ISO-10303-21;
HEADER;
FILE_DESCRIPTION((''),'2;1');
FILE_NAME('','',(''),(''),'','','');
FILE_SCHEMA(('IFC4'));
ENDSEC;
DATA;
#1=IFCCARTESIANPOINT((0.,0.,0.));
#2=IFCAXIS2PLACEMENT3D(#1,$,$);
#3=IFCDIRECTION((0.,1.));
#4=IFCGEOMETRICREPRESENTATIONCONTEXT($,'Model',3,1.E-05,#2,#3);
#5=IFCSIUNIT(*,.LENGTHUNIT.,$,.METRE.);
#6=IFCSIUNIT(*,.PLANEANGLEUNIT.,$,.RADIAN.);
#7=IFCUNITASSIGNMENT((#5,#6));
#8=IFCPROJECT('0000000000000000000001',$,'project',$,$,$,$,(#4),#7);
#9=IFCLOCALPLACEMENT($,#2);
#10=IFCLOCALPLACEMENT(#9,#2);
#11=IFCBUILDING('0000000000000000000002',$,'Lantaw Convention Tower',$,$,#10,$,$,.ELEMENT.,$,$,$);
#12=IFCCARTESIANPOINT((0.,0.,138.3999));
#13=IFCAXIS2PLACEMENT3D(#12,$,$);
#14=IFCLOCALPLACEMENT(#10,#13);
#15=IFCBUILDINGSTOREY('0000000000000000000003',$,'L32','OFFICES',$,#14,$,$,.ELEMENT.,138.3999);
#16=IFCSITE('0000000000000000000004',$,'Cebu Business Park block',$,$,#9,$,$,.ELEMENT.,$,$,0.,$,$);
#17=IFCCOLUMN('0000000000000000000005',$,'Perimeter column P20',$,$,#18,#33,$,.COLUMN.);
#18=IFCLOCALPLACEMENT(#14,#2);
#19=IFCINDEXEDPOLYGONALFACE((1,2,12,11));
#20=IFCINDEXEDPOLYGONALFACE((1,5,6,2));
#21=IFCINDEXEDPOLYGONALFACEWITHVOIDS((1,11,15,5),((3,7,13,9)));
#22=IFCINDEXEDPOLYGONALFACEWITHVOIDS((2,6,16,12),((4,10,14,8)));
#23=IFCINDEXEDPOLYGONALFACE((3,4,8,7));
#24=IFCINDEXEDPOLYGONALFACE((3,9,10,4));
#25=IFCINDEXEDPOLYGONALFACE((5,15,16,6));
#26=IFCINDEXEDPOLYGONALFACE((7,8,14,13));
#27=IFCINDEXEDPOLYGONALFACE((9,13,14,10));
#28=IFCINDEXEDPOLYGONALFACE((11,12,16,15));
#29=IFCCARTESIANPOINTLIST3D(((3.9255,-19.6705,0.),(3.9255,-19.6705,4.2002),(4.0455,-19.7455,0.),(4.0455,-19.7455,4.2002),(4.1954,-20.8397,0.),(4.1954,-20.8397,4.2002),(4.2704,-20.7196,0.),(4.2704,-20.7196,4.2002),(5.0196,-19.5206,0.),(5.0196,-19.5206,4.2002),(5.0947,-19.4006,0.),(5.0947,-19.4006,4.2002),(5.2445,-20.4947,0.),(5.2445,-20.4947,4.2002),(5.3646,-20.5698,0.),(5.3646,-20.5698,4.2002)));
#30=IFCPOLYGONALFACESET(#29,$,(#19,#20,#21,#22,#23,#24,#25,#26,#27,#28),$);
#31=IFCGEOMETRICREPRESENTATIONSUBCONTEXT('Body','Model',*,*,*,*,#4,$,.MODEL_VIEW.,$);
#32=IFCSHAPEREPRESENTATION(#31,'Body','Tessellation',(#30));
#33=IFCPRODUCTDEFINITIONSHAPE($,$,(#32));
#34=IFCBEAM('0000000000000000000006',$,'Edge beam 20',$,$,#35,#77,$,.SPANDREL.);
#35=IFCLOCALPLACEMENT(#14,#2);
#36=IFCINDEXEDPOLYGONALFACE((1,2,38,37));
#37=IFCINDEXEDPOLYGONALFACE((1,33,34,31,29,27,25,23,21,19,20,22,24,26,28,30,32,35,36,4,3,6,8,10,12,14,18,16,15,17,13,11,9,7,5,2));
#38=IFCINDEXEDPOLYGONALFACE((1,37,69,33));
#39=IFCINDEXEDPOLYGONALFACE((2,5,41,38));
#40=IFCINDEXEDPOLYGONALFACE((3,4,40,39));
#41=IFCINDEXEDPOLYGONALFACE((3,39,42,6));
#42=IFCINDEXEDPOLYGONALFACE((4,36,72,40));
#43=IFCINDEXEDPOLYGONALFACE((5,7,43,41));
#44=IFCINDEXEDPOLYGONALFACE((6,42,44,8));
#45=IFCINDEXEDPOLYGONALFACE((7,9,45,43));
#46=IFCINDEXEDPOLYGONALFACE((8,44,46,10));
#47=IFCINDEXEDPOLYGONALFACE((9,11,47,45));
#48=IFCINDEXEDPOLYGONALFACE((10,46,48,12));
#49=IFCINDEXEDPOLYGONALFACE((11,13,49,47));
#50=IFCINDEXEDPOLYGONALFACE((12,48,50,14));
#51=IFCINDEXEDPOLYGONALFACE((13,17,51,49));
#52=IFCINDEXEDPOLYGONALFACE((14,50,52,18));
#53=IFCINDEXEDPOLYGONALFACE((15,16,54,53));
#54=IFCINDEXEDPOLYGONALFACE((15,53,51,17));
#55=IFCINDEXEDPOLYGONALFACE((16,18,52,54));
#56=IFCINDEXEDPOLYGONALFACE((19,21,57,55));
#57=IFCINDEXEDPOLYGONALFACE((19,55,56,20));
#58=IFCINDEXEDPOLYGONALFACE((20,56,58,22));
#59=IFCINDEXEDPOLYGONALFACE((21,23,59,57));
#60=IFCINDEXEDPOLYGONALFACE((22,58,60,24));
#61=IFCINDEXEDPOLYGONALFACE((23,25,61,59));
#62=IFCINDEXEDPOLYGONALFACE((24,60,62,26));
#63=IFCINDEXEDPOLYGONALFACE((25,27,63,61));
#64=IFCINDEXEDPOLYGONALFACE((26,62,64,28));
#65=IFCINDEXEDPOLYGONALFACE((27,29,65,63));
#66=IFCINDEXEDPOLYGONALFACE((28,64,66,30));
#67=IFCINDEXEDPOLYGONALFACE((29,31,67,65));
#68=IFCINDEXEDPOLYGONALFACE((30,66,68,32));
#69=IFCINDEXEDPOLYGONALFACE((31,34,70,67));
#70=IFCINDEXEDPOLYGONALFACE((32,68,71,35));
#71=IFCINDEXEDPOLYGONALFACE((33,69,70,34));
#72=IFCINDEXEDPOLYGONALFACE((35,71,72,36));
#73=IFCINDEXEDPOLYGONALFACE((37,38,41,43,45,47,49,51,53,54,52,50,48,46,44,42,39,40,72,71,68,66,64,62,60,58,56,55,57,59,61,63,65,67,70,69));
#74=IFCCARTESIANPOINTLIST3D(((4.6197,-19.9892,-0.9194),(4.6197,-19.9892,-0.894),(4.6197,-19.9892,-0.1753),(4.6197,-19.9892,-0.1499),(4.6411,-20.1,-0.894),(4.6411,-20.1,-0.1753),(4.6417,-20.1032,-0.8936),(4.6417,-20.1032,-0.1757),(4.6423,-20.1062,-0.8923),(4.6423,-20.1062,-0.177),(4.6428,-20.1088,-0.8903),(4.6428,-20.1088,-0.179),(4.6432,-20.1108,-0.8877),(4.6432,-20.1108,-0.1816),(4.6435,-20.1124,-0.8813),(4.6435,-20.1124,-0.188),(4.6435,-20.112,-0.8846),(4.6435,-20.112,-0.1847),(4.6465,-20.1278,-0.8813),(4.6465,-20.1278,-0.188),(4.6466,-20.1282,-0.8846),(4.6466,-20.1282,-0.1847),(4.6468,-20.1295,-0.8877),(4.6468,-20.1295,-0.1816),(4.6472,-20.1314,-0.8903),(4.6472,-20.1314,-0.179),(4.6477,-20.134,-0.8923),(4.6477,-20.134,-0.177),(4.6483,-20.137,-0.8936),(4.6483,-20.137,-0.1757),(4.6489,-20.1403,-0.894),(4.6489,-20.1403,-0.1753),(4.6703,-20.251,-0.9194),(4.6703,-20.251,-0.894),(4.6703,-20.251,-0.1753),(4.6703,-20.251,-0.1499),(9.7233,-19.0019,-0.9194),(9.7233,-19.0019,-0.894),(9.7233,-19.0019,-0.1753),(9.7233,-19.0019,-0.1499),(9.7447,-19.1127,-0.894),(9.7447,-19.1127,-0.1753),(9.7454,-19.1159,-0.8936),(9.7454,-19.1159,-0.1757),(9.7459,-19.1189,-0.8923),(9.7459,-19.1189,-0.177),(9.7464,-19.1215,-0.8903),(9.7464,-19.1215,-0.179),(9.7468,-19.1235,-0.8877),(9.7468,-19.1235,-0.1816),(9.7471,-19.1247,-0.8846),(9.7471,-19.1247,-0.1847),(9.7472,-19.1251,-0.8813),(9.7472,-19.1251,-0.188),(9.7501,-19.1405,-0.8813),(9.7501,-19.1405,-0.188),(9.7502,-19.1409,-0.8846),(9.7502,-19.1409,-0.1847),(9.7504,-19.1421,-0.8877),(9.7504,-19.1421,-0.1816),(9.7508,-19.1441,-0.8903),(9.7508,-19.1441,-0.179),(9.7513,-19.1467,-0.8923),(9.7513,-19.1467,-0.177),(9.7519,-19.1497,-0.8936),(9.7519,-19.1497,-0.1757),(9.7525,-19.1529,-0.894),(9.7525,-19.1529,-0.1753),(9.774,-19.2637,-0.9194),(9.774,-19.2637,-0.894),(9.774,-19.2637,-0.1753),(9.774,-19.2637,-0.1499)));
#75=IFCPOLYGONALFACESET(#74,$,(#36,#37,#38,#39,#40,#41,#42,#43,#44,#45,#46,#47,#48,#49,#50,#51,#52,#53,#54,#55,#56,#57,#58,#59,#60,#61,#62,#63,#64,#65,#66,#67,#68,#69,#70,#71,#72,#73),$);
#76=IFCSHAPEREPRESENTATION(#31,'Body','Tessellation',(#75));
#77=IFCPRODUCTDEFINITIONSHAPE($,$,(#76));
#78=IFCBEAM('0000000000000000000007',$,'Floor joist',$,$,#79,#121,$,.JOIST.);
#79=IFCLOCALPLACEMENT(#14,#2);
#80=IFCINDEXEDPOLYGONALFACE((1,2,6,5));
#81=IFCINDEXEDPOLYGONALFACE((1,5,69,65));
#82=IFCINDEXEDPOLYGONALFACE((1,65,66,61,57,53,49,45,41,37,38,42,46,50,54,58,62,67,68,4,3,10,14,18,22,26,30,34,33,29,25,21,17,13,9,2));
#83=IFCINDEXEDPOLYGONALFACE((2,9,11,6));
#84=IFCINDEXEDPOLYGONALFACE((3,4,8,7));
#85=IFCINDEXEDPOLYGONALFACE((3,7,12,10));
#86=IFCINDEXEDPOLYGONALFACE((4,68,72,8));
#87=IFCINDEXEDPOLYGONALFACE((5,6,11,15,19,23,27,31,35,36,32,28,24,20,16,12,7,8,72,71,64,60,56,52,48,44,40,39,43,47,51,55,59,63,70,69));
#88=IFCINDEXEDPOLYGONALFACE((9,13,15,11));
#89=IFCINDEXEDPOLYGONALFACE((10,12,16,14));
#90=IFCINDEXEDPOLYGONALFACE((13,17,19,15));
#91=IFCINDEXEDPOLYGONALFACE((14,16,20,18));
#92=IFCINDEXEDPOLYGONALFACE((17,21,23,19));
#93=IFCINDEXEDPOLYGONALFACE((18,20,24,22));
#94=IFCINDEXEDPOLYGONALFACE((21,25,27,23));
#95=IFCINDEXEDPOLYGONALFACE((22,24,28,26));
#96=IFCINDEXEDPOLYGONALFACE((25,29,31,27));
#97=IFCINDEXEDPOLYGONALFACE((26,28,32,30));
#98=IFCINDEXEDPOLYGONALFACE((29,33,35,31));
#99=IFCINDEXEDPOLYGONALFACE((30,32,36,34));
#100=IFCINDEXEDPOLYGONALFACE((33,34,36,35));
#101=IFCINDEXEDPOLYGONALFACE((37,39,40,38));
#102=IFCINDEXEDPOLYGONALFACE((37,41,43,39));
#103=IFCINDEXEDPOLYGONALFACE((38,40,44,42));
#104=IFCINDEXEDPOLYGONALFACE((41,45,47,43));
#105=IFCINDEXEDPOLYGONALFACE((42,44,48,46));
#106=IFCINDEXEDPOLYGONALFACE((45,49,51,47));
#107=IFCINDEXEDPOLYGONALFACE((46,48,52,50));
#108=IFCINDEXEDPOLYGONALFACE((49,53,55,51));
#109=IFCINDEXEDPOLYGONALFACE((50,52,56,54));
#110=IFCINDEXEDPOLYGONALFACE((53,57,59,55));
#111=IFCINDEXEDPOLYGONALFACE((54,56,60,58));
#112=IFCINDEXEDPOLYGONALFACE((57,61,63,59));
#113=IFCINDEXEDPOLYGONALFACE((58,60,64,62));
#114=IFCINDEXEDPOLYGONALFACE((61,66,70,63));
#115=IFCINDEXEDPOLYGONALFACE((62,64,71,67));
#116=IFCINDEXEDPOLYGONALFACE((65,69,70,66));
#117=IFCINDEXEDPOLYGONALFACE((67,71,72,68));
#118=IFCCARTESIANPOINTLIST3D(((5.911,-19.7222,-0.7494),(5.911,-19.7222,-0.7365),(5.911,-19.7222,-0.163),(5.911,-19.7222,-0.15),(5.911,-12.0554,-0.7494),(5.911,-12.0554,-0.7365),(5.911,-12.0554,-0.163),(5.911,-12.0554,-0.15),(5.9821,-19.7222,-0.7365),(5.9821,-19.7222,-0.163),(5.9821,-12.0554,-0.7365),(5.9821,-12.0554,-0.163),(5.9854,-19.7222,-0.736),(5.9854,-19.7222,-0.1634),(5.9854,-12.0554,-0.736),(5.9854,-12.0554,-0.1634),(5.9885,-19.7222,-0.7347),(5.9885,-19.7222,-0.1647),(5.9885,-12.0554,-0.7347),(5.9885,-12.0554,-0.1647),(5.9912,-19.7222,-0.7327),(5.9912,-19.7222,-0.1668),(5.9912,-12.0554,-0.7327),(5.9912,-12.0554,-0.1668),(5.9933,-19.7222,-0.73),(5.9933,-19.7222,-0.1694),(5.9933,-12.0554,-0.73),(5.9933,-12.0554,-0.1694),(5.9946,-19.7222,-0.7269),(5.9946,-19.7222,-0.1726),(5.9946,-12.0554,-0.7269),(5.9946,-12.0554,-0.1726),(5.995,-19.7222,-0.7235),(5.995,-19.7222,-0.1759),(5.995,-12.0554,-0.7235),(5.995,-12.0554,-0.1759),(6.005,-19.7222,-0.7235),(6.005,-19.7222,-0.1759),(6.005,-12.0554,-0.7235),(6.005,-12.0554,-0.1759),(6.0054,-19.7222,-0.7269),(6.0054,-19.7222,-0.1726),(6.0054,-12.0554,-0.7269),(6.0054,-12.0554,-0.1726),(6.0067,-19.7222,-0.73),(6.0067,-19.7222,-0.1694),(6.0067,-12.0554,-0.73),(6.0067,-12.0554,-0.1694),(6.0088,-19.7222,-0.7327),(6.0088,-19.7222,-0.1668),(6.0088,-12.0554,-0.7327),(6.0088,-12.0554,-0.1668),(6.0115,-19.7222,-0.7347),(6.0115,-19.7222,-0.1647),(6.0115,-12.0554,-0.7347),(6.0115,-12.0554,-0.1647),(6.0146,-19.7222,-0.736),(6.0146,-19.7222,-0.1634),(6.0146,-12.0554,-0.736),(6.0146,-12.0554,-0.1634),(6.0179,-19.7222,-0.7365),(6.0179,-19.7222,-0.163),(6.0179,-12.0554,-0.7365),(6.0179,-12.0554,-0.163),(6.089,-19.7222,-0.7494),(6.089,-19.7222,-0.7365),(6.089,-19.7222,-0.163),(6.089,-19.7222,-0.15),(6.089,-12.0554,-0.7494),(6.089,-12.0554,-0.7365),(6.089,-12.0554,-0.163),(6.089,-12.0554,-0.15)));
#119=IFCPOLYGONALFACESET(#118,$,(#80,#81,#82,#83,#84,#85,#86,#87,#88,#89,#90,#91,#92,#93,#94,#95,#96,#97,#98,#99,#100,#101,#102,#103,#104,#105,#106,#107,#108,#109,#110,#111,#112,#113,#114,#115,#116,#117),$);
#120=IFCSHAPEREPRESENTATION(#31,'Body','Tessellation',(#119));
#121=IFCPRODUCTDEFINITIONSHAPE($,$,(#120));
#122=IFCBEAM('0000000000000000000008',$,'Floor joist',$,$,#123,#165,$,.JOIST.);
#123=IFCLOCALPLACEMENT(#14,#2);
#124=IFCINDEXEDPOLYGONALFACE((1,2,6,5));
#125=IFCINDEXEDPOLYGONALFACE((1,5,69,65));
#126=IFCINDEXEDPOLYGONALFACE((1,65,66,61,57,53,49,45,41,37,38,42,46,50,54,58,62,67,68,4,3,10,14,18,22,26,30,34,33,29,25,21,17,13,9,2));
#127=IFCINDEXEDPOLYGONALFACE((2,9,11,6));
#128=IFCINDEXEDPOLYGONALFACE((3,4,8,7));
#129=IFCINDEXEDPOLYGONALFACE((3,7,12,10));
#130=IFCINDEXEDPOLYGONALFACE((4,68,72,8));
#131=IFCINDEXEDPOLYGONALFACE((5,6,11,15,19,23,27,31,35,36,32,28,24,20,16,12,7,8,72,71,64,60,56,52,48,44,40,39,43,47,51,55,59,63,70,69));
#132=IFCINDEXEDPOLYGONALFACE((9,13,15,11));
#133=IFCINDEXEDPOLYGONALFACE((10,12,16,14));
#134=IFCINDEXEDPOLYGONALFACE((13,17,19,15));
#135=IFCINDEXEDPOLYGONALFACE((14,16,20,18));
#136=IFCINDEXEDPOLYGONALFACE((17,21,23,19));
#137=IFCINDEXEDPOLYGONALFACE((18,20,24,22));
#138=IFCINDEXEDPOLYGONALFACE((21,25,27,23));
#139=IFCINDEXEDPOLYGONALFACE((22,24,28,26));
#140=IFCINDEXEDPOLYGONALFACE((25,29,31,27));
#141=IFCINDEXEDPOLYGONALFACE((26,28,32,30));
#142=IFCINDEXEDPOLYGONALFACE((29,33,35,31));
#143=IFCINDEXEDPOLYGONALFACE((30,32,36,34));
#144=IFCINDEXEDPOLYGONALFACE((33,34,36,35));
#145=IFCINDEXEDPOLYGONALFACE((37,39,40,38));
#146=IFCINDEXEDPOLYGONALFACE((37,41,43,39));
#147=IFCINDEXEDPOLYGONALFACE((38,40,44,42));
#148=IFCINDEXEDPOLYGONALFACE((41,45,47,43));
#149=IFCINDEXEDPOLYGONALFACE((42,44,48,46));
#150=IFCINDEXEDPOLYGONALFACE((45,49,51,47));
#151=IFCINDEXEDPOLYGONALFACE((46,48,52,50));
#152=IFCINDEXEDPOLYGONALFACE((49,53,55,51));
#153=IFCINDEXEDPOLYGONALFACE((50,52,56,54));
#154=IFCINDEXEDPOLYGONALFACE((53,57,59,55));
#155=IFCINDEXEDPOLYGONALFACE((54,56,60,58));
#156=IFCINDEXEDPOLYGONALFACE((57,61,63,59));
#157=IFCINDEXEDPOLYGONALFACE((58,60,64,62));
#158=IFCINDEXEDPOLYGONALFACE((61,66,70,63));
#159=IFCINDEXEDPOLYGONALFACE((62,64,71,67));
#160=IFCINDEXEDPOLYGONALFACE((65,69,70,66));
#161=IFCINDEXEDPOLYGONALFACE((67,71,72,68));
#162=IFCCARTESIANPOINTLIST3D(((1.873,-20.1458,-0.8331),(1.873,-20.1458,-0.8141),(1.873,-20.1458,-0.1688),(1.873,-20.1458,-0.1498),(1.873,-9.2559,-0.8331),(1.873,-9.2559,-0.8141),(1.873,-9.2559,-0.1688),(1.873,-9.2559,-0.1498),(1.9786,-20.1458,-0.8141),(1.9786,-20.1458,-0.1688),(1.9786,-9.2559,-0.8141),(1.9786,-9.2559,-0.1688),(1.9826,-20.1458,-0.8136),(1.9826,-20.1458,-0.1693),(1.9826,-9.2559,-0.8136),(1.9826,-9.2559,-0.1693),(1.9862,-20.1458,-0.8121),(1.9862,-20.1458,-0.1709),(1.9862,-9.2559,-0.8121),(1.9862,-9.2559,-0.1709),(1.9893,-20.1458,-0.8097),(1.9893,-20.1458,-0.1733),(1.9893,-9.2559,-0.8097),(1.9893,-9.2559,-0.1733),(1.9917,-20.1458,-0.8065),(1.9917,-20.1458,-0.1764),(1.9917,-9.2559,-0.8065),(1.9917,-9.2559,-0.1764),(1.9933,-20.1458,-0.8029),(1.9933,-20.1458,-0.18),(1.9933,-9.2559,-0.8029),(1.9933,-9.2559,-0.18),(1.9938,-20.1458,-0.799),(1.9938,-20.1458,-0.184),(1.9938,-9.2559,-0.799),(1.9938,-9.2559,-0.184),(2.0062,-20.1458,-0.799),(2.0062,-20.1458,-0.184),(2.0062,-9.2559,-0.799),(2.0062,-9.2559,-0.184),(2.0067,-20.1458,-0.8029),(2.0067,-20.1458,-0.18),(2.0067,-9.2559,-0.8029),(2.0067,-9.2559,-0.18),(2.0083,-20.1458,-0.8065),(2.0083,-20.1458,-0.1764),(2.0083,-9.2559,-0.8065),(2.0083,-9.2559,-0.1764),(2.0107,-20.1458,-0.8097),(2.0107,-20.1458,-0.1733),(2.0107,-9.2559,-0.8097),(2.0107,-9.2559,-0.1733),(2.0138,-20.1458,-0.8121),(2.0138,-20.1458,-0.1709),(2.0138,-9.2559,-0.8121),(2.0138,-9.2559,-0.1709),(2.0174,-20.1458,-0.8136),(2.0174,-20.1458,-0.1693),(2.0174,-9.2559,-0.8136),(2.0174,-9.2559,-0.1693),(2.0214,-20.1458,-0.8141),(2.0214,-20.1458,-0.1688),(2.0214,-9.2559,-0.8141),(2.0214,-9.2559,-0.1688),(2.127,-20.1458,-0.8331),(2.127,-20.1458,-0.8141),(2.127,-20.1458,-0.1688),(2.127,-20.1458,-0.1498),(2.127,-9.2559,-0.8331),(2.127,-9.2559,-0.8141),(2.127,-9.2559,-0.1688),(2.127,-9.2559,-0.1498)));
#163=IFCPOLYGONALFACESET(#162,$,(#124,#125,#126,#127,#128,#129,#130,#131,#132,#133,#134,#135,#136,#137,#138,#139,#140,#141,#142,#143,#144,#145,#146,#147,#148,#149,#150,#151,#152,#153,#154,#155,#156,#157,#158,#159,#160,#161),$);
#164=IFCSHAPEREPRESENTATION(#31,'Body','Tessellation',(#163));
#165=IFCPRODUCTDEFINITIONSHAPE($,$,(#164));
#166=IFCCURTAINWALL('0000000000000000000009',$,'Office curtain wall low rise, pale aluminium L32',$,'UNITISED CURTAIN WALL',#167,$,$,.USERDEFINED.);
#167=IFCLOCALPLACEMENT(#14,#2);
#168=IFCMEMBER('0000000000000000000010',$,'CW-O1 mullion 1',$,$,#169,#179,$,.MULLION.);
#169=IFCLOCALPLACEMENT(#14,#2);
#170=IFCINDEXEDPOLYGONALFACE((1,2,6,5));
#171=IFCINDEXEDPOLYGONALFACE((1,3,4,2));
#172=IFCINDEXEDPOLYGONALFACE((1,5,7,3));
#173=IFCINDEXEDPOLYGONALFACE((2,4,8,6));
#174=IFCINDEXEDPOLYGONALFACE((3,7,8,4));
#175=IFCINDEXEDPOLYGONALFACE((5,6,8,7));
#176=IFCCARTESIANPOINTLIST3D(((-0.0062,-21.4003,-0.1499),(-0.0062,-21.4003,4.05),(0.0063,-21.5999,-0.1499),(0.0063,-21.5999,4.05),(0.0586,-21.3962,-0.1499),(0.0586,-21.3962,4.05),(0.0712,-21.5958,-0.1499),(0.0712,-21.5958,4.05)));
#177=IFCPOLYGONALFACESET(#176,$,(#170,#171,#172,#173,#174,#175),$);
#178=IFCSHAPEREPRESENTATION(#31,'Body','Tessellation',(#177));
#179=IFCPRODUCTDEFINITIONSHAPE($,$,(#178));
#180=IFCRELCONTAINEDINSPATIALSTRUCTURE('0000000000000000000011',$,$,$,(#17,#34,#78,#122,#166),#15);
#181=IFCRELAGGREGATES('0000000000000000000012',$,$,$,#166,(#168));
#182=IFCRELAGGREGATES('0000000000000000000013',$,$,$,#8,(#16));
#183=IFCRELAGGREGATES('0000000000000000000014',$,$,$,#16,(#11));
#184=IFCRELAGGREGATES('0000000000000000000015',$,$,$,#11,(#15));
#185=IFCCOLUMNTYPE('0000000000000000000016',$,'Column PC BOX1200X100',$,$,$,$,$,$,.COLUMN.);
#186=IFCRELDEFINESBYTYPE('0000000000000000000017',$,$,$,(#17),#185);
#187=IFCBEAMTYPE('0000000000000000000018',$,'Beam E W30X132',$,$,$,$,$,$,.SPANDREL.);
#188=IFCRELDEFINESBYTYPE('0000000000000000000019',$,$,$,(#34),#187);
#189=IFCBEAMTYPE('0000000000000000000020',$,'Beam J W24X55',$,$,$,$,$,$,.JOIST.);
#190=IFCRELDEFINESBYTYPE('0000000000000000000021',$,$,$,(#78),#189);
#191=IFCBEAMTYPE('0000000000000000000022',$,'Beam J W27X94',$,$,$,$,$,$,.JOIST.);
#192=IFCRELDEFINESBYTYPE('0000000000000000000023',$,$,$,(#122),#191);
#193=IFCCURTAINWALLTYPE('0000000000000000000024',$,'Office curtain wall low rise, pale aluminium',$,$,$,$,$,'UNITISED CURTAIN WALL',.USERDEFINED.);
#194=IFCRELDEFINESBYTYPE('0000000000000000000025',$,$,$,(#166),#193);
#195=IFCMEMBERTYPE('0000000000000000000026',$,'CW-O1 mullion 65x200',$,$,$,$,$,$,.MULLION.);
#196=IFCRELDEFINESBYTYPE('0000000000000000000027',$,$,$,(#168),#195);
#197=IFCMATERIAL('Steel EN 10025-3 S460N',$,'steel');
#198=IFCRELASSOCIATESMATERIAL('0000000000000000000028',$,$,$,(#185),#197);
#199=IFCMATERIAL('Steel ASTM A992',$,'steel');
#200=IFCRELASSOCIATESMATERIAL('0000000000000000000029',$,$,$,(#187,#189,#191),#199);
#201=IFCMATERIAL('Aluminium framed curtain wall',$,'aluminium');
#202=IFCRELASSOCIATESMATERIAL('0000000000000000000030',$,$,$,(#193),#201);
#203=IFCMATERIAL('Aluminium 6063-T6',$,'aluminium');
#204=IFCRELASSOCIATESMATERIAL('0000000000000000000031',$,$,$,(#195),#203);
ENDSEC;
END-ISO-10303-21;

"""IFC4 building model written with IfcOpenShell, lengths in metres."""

from ifc_helpers import new_model, si_unit, direction, frame, origin, origin_2d, place, context, subcontext, project, spatial, rectangle, hollow_rectangle, i_section, extrude, material, material_profile, profile_set, type_object, element, aggregate, save


model = new_model("IFC4")

# Units and contexts
model_context = context("Model", 3, precision=1e-05, world=origin(), true_north=direction((0.0, 1.0)))
body_context = subcontext(model_context, "Body", "Model", "MODEL_VIEW")
ifc_project = project(units=[si_unit("LENGTHUNIT", "METRE"), si_unit("PLANEANGLEUNIT", "RADIAN")], contexts=[model_context])

# Site, building, storey
site_placement = place(None, origin())
site = spatial("IfcSite", under=ifc_project, at=site_placement, Name="Cebu Business Park block", CompositionType="ELEMENT", RefElevation=0.0)
building_placement = place(site_placement, origin())
building = spatial("IfcBuilding", under=site, at=building_placement, Name="Lantaw Convention Tower", CompositionType="ELEMENT")
storey_placement = place(building_placement, frame((0.0, 0.0, 138.3999)))
storey = spatial("IfcBuildingStorey", under=building, at=storey_placement, Name="L32", Description="OFFICES", CompositionType="ELEMENT", Elevation=138.3999)

# Column
ifc_material_1 = material(Name="Steel EN 10025-3 S460N", Category="steel")
ifc_material_profile_1 = material_profile(ifc_material_1, hollow_rectangle(XDim=1.2, YDim=1.2, WallThickness=0.1001, at=origin_2d()), Name="BOX1200X100")
ifc_material_2 = material(Name="Concrete C60/75", Category="concrete")
ifc_material_profile_2 = material_profile(ifc_material_2, rectangle(XDim=1.0, YDim=1.0, at=origin_2d()), Name="Concrete fill of BOX1200X100")
ifc_profile_set_1 = profile_set([ifc_material_profile_1, ifc_material_profile_2], Name="Steel EN 10025-3 S460N")
column_type = type_object("IfcColumnType", Name="Column PC BOX1200X100", PredefinedType="COLUMN", material=ifc_profile_set_1)
column_placement = place(storey_placement, frame((4.645, -20.1201, 0.0), z_axis=(0.0, 0.0, 1.0), x_axis=(0.97437, 0.224951, 0.0)))
element("IfcColumn", 1, at=column_placement, inside=storey, type_object=column_type, Name="Perimeter column P20", PredefinedType="COLUMN", context=body_context, shape_type="SweptSolid", body=[
    extrude(hollow_rectangle(XDim=1.2, YDim=1.2, WallThickness=0.1001, at=origin_2d()), origin(), (0.0, 0.0, 1.0), 4.2002),
])

# Beams
ifc_material_3 = material(Name="Steel ASTM A992", Category="steel")
ifc_material_profile_3 = material_profile(ifc_material_3, i_section(OverallWidth=0.2666, OverallDepth=0.7695, WebThickness=0.0156, FlangeThickness=0.0254, FilletRadius=0.0127, at=origin_2d()), Name="W30X132")
ifc_profile_set_2 = profile_set([ifc_material_profile_3], Name="Steel ASTM A992")
beam_type_1 = type_object("IfcBeamType", Name="Beam E W30X132", PredefinedType="SPANDREL", material=ifc_profile_set_2)
beam_1_placement = place(storey_placement, frame((4.645, -20.1201, -0.5347), z_axis=(0.981797, 0.189934, 0.0), x_axis=(-0.189934, 0.981797, 0.0)))
element("IfcBeam", 2, at=beam_1_placement, inside=storey, type_object=beam_type_1, Name="Edge beam 20", PredefinedType="SPANDREL", context=body_context, shape_type="SweptSolid", body=[
    extrude(i_section(OverallWidth=0.2666, OverallDepth=0.7695, WebThickness=0.0156, FlangeThickness=0.0254, FilletRadius=0.0127, at=origin_2d()), origin(), (0.0, 0.0, 1.0), 5.1982),
])
ifc_material_profile_4 = material_profile(ifc_material_3, i_section(OverallWidth=0.178, OverallDepth=0.5994, WebThickness=0.01, FlangeThickness=0.0129, FilletRadius=0.0129, at=origin_2d()), Name="W24X55")
ifc_profile_set_3 = profile_set([ifc_material_profile_4], Name="Steel ASTM A992")
beam_type_2 = type_object("IfcBeamType", Name="Beam J W24X55", PredefinedType="JOIST", material=ifc_profile_set_3)
beam_2_placement = place(storey_placement, frame((6.0, -19.7222, -0.4497), z_axis=(0.0, 1.0, 0.0), x_axis=(-1.0, 0.0, 0.0)))
element("IfcBeam", 3, at=beam_2_placement, inside=storey, type_object=beam_type_2, Name="Floor joist", PredefinedType="JOIST", context=body_context, shape_type="SweptSolid", body=[
    extrude(i_section(OverallWidth=0.178, OverallDepth=0.5994, WebThickness=0.01, FlangeThickness=0.0129, FilletRadius=0.0129, at=origin_2d()), origin(), (0.0, 0.0, 1.0), 7.6667),
])
ifc_material_profile_5 = material_profile(ifc_material_3, i_section(OverallWidth=0.2539, OverallDepth=0.6833, WebThickness=0.0125, FlangeThickness=0.019, FilletRadius=0.0151, at=origin_2d()), Name="W27X94")
ifc_profile_set_4 = profile_set([ifc_material_profile_5], Name="Steel ASTM A992")
beam_type_3 = type_object("IfcBeamType", Name="Beam J W27X94", PredefinedType="JOIST", material=ifc_profile_set_4)
beam_3_placement = place(storey_placement, frame((2.0, -20.1458, -0.4915), z_axis=(0.0, 1.0, 0.0), x_axis=(-1.0, 0.0, 0.0)))
element("IfcBeam", 4, at=beam_3_placement, inside=storey, type_object=beam_type_3, Name="Floor joist", PredefinedType="JOIST", context=body_context, shape_type="SweptSolid", body=[
    extrude(i_section(OverallWidth=0.2539, OverallDepth=0.6833, WebThickness=0.0125, FlangeThickness=0.019, FilletRadius=0.0151, at=origin_2d()), origin(), (0.0, 0.0, 1.0), 10.8899),
])

# Curtain wall, member
ifc_material_4 = material(Name="Aluminium framed curtain wall", Category="aluminium")
curtain_wall_type = type_object("IfcCurtainWallType", Name="Office curtain wall low rise, pale aluminium", ElementType="UNITISED CURTAIN WALL", PredefinedType="USERDEFINED", material=ifc_material_4)
curtain_wall_1_placement = place(storey_placement, origin())
curtain_wall_1 = element("IfcCurtainWall", 5, at=curtain_wall_1_placement, inside=storey, type_object=curtain_wall_type, Name="Office curtain wall low rise, pale aluminium L32", ObjectType="UNITISED CURTAIN WALL", PredefinedType="USERDEFINED")
ifc_material_5 = material(Name="Aluminium 6063-T6", Category="aluminium")
ifc_material_profile_6 = material_profile(ifc_material_5, rectangle(XDim=0.2, YDim=0.0649, at=origin_2d()), Name="CW-O1 mullion 65x200")
ifc_profile_set_5 = profile_set([ifc_material_profile_6], Name="Aluminium 6063-T6")
member_type_1 = type_object("IfcMemberType", Name="CW-O1 mullion 65x200", PredefinedType="MULLION", material=ifc_profile_set_5)
member_1_placement = place(storey_placement, frame((0.0325, -21.498, -0.1499), z_axis=(0.0, 0.0, 1.0), x_axis=(-0.062865, 0.998022, 0.0)))
member_1 = element("IfcMember", 6, at=member_1_placement, type_object=member_type_1, Name="CW-O1 mullion 1", PredefinedType="MULLION", context=body_context, shape_type="SweptSolid", body=[
    extrude(rectangle(XDim=0.2, YDim=0.0649, at=origin_2d()), origin(), (0.0, 0.0, 1.0), 4.2),
])

aggregate(curtain_wall_1, [member_1])

save(model, "model.ifc")
